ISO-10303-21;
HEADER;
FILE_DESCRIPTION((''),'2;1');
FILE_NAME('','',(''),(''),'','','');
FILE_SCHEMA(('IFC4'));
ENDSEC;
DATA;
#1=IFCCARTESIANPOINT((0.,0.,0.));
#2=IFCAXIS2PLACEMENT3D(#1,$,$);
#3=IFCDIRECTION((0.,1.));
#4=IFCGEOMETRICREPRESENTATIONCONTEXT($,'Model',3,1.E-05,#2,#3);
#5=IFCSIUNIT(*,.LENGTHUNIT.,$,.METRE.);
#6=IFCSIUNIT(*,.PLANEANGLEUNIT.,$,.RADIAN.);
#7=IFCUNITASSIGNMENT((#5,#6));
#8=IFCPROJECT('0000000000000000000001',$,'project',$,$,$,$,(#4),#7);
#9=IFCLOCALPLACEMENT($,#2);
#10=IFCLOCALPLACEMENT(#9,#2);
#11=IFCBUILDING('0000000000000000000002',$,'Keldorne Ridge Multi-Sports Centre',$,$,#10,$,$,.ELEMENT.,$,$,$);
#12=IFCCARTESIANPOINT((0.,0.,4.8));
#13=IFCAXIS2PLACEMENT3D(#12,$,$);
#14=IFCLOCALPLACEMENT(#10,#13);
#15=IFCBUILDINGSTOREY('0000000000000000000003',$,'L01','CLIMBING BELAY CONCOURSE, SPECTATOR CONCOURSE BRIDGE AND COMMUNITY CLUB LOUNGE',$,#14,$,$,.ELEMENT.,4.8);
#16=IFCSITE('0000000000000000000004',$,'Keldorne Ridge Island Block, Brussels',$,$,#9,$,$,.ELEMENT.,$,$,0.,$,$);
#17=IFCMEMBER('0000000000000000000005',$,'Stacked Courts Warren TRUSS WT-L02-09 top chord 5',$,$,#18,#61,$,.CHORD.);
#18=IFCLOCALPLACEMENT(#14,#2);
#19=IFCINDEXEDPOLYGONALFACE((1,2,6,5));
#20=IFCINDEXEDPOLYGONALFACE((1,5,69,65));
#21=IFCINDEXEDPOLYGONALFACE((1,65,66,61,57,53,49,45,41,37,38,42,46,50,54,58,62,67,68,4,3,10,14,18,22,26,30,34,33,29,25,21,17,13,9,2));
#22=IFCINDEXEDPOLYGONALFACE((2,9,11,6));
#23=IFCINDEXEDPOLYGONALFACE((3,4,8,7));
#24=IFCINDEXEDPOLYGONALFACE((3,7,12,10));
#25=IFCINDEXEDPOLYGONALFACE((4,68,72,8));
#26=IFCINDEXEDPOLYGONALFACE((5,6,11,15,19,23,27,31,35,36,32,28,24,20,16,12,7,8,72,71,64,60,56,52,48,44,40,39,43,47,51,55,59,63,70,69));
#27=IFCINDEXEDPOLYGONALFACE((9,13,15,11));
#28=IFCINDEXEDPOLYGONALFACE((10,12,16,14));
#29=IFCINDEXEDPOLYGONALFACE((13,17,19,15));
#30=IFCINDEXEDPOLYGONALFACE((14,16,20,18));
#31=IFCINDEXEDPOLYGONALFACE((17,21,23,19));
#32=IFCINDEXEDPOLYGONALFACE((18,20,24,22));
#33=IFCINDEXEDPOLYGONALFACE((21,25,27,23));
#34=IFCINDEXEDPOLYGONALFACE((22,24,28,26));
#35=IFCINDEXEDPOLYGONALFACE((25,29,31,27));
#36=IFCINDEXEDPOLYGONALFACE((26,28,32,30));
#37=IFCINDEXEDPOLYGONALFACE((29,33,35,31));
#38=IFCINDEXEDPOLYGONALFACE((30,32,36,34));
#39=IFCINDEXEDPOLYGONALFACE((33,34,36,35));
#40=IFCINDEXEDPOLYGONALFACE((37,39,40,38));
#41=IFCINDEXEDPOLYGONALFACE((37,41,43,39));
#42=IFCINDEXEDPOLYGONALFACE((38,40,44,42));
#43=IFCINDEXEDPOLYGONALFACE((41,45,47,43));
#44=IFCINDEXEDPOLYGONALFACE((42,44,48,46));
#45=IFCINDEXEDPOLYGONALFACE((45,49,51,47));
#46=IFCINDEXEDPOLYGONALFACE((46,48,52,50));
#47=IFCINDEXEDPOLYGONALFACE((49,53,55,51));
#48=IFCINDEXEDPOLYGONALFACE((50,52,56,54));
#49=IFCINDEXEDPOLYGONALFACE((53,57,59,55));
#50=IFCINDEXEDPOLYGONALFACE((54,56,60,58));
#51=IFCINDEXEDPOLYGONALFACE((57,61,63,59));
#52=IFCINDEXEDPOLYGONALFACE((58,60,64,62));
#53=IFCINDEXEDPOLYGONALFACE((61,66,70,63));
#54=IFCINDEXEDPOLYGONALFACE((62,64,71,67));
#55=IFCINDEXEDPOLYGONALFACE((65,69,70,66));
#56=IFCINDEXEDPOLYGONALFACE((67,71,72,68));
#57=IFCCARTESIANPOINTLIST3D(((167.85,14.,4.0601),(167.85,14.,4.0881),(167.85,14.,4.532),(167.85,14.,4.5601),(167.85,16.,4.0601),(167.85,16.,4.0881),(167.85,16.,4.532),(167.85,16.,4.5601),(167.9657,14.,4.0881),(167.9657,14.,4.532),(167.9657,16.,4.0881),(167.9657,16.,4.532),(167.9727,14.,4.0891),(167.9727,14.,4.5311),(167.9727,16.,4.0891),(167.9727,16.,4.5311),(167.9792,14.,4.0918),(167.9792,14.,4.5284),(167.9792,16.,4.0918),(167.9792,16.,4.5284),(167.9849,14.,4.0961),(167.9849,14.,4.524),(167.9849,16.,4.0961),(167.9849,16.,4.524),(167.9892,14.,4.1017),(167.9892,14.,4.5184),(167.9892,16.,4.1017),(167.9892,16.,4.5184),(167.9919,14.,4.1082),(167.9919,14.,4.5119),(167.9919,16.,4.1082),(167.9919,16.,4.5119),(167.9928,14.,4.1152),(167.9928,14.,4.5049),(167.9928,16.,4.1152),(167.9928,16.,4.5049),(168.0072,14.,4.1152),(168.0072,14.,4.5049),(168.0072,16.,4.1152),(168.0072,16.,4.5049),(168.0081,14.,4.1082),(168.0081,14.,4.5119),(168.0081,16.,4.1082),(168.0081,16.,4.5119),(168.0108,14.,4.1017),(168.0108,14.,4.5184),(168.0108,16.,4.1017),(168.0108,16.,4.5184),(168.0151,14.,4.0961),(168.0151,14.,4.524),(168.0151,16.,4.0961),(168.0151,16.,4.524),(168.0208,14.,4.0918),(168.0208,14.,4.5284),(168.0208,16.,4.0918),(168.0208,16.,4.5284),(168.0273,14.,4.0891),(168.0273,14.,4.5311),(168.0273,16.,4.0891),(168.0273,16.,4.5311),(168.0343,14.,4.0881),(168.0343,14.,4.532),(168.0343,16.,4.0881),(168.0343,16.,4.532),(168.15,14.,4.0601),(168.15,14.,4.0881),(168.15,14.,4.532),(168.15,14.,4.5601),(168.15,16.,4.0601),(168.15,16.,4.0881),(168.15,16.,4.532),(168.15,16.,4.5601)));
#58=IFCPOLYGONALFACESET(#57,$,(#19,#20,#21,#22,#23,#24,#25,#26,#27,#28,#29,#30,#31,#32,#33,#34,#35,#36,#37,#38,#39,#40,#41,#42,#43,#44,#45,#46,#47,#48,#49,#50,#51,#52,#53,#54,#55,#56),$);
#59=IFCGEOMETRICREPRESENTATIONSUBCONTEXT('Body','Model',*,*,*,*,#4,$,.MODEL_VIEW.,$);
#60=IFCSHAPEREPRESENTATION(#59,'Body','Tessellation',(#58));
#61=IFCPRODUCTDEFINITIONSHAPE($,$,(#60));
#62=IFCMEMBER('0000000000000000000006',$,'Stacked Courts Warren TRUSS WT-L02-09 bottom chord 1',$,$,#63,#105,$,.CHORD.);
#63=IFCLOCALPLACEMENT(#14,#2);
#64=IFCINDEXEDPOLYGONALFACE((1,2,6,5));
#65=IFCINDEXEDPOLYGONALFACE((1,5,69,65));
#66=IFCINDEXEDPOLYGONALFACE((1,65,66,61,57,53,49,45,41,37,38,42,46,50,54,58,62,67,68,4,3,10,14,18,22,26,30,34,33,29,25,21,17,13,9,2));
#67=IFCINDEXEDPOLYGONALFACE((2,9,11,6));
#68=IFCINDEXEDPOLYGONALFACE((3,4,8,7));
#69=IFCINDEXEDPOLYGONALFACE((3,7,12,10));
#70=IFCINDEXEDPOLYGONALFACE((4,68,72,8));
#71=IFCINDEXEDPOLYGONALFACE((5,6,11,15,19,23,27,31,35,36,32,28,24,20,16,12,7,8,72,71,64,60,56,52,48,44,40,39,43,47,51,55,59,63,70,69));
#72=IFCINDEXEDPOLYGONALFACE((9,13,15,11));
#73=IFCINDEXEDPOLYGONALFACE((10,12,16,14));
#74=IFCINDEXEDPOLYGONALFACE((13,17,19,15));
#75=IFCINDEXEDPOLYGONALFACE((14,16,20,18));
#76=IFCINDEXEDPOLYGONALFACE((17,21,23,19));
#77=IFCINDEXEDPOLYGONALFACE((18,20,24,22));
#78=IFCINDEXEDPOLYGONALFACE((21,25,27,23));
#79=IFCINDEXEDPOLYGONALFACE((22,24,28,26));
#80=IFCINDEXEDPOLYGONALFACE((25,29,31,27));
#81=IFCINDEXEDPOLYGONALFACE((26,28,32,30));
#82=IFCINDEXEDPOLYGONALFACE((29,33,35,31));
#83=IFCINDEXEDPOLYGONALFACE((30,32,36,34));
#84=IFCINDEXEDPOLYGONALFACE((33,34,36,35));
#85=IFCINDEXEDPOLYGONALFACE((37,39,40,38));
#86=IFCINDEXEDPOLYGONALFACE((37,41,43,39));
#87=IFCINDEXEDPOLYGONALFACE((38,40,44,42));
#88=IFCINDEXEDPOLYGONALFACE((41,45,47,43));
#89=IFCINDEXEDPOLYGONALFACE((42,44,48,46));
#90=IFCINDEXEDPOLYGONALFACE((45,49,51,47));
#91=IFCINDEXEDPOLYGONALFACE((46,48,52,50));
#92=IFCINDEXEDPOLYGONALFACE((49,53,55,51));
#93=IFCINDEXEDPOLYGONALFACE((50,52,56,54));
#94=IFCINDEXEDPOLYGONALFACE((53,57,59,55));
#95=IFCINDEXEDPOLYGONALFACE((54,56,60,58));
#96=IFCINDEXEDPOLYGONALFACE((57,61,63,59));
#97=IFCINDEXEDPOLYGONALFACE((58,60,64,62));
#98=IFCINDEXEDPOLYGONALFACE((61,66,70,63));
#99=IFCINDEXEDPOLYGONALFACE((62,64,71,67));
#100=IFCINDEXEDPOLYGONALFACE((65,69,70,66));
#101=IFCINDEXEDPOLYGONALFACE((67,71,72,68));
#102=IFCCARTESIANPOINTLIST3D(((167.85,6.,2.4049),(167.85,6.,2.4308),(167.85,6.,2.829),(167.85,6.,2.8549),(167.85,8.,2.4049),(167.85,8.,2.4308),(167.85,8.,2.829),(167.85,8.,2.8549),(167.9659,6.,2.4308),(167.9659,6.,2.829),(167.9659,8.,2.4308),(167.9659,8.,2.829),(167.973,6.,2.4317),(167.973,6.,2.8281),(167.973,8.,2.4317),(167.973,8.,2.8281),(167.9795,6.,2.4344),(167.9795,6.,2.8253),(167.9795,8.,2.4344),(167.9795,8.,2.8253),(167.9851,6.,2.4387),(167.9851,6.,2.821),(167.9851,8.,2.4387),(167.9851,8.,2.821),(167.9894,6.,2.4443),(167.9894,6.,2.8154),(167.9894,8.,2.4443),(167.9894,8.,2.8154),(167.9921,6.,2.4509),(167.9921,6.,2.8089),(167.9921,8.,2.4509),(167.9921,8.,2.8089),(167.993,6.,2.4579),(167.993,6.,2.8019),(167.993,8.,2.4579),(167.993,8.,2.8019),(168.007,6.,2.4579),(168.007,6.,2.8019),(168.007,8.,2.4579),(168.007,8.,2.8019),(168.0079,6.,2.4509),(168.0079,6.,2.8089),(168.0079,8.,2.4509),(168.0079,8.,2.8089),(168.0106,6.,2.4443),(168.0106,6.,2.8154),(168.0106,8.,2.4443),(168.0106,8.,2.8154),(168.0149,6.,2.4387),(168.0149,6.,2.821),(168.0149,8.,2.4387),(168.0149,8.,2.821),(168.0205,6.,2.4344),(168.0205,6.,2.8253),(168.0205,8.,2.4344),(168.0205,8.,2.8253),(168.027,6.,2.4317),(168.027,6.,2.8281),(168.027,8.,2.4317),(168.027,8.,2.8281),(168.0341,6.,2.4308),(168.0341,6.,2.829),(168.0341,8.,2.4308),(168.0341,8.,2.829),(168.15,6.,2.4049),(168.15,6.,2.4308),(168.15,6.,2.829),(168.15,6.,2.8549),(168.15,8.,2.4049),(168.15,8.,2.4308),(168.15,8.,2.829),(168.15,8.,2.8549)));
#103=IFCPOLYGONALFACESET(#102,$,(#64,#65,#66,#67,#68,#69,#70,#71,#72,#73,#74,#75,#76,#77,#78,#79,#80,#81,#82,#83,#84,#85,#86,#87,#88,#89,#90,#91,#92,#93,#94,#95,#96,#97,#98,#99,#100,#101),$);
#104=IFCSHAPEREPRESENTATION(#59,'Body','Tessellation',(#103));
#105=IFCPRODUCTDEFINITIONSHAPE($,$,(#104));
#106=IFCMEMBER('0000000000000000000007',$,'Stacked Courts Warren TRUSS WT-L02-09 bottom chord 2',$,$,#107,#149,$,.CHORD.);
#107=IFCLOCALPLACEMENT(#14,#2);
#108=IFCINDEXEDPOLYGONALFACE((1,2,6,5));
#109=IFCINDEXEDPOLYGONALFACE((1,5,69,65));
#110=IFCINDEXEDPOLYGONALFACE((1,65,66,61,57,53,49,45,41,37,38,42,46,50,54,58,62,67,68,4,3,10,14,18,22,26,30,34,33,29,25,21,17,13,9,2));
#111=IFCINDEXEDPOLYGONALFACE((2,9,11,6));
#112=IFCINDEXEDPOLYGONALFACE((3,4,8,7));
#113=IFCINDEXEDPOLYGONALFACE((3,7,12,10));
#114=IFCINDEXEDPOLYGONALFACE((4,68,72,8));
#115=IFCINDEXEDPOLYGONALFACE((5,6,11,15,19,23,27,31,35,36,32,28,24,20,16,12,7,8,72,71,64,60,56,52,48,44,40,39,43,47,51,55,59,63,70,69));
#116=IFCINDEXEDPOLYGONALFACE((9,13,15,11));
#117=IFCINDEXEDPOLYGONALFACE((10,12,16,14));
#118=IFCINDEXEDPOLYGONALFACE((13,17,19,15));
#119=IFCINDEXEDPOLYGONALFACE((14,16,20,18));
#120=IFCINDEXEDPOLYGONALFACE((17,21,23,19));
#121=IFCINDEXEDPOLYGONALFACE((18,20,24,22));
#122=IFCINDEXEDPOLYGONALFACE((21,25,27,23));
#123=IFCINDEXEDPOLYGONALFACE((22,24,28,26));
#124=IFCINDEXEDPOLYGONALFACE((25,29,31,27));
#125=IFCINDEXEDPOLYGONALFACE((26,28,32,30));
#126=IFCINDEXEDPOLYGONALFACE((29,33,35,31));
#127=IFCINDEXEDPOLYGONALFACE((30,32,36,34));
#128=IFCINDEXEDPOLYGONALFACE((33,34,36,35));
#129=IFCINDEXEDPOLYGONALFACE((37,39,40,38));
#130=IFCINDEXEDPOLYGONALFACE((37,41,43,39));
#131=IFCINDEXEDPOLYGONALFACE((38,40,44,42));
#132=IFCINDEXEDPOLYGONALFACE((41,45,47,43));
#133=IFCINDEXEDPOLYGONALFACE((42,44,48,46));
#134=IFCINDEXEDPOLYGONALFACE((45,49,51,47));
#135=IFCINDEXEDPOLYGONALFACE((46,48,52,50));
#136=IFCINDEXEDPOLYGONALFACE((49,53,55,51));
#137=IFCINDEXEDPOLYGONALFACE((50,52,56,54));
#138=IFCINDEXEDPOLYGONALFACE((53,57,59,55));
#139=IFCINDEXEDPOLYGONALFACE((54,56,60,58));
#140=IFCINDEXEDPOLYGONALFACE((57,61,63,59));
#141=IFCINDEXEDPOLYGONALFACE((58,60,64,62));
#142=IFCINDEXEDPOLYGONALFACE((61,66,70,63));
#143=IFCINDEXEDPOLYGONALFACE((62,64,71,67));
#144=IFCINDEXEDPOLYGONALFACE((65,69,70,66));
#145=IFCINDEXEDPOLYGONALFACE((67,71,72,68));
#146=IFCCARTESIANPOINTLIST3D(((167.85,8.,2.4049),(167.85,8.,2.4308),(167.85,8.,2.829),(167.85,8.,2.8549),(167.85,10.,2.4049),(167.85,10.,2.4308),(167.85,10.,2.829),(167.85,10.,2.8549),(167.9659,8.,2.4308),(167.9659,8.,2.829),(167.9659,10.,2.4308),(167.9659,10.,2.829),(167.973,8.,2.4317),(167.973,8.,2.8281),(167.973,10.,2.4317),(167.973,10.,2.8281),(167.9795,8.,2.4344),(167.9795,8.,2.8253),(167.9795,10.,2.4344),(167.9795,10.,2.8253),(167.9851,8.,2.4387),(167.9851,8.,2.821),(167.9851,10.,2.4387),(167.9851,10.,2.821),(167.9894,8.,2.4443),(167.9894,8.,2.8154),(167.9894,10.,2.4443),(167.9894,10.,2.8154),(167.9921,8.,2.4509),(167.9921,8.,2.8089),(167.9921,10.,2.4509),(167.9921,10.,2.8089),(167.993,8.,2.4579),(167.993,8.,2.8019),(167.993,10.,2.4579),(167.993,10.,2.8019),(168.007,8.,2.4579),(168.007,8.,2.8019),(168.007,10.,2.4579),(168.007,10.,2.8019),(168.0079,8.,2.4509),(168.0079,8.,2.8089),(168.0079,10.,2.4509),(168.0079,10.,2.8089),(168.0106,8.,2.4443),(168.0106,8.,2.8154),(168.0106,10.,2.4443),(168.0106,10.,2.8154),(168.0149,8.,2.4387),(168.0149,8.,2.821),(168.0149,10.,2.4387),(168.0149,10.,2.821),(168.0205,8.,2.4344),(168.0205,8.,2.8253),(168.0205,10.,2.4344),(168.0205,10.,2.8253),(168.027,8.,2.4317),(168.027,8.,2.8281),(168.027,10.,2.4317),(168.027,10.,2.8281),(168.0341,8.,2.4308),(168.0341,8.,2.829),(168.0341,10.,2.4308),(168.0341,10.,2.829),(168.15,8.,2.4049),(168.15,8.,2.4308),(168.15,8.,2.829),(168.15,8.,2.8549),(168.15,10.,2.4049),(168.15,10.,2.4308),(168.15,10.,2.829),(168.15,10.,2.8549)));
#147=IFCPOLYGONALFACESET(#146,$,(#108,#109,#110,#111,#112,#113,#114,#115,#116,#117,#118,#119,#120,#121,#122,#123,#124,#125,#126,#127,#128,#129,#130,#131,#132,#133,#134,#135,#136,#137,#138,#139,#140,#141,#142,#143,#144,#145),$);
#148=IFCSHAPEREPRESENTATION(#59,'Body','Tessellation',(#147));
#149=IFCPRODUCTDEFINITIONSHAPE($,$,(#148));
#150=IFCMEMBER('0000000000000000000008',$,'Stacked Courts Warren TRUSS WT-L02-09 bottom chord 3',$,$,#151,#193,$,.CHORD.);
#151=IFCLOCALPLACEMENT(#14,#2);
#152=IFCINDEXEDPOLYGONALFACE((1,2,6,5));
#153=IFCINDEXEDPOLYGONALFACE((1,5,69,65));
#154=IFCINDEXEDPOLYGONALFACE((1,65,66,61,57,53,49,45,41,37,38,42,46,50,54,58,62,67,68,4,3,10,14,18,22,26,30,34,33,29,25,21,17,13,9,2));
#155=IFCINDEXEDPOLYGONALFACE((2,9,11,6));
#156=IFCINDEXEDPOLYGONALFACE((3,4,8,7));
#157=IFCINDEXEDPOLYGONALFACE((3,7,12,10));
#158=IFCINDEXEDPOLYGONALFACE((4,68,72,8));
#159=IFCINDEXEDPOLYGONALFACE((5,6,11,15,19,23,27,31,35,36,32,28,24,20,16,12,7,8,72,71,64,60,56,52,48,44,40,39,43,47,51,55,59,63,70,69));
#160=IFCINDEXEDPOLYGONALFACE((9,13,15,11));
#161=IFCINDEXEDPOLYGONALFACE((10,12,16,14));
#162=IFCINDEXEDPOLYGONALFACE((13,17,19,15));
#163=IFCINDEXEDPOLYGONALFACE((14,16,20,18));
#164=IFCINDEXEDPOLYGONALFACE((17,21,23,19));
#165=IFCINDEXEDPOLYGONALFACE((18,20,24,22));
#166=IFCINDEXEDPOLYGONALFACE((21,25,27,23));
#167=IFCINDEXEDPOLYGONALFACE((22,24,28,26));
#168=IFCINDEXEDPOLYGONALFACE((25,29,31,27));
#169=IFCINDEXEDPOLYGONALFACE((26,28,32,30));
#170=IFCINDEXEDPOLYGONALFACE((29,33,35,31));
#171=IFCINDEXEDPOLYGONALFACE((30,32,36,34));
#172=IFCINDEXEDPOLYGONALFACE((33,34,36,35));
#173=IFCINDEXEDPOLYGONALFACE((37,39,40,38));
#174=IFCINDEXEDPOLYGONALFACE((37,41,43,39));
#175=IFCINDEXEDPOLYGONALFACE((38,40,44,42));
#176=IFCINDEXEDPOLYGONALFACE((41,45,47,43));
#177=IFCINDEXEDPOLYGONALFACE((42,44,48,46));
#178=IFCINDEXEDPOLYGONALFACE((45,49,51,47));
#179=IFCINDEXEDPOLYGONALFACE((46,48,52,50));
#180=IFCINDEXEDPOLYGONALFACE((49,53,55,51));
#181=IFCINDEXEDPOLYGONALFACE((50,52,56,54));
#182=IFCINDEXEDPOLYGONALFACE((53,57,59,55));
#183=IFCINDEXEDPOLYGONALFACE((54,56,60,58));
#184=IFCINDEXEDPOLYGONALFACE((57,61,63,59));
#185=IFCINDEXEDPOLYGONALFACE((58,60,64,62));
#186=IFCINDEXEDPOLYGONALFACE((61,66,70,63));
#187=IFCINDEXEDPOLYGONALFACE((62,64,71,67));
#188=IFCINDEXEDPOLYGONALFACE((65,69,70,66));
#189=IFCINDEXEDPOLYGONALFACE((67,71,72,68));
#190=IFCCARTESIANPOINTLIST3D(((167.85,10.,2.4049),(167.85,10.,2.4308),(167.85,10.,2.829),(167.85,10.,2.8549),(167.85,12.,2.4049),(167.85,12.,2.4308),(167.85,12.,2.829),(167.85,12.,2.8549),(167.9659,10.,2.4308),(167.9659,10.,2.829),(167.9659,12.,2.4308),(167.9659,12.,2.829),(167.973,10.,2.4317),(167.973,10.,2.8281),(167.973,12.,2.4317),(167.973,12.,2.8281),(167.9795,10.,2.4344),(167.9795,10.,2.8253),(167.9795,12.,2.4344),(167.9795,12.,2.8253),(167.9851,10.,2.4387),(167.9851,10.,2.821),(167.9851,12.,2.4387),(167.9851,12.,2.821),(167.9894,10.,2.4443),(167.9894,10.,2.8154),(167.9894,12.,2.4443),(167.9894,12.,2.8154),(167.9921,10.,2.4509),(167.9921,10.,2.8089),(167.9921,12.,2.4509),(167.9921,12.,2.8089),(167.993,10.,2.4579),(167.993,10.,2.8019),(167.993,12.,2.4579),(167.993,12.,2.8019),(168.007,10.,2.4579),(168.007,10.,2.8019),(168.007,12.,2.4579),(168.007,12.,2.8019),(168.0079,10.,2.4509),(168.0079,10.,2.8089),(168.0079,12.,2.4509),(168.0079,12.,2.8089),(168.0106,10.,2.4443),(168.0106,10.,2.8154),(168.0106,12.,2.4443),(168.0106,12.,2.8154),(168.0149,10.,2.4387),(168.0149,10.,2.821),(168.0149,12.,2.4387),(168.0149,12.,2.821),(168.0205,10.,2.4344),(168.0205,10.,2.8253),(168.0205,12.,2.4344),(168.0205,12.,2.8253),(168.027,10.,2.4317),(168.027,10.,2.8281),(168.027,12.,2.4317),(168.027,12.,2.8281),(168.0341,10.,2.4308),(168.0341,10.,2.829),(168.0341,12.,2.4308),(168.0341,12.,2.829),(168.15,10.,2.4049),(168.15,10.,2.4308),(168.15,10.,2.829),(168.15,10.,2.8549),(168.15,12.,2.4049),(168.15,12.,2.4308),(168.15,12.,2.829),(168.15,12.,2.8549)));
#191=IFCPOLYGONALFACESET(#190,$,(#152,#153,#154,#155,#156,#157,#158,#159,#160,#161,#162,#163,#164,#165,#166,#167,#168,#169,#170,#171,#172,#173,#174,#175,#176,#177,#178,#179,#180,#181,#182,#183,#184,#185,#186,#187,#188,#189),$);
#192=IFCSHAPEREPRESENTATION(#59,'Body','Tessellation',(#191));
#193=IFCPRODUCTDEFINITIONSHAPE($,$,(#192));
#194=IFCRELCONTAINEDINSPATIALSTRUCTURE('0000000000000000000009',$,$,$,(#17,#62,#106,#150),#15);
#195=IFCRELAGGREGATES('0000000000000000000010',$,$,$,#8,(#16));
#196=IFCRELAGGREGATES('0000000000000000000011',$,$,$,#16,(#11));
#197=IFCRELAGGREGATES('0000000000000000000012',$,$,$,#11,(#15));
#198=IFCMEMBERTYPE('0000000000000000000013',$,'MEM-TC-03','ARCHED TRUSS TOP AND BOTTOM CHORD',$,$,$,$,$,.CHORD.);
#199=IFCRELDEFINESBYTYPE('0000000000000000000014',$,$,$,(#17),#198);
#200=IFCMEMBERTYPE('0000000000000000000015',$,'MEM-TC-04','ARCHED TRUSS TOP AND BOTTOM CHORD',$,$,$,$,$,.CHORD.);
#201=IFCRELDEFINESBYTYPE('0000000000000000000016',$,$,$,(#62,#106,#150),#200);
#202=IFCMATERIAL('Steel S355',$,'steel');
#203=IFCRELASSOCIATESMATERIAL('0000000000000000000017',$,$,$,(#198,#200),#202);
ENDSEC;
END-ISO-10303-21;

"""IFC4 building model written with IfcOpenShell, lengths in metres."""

from ifc_helpers import new_model, si_unit, direction, frame, origin, origin_2d, place, context, subcontext, project, spatial, i_section, extrude, material, material_profile, profile_set, type_object, element, save


model = new_model("IFC4")

# Units and contexts
model_context = context("Model", 3, precision=1e-05, world=origin(), true_north=direction((0.0, 1.0)))
body_context = subcontext(model_context, "Body", "Model", "MODEL_VIEW")
ifc_project = project(units=[si_unit("LENGTHUNIT", "METRE"), si_unit("PLANEANGLEUNIT", "RADIAN")], contexts=[model_context])

# Site, building, storey
site_placement = place(None, origin())
site = spatial("IfcSite", under=ifc_project, at=site_placement, Name="Keldorne Ridge Island Block, Brussels", CompositionType="ELEMENT", RefElevation=0.0)
building_placement = place(site_placement, origin())
building = spatial("IfcBuilding", under=site, at=building_placement, Name="Keldorne Ridge Multi-Sports Centre", CompositionType="ELEMENT")
storey_placement = place(building_placement, frame((0.0, 0.0, 4.8)))
storey = spatial("IfcBuildingStorey", under=building, at=storey_placement, Name="L01", Description="CLIMBING BELAY CONCOURSE, SPECTATOR CONCOURSE BRIDGE AND COMMUNITY CLUB LOUNGE", CompositionType="ELEMENT", Elevation=4.8)

# Shared definitions
ifc_material_1 = material(Name="Steel S355", Category="steel")

# Members
ifc_material_profile_1 = material_profile(ifc_material_1, i_section(OverallWidth=0.3, OverallDepth=0.5, WebThickness=0.0144, FlangeThickness=0.0281, FilletRadius=0.0271, at=origin_2d()), Name="HEB 500")
ifc_profile_set_1 = profile_set([ifc_material_profile_1], Name="Steel S355")
member_type_1 = type_object("IfcMemberType", Name="MEM-TC-03", Description="ARCHED TRUSS TOP AND BOTTOM CHORD", PredefinedType="CHORD", material=ifc_profile_set_1)
for number, where, z_axis, x_axis, name in (
    (1, (168.0, 14.0, 4.3101), (0.0, 1.0, 0.0), (-1.0, 0.0, 0.0), "Stacked Courts Warren TRUSS WT-L02-09 top chord 5"),
):
    element("IfcMember", number, at=place(storey_placement, frame(where, z_axis=z_axis, x_axis=x_axis)), inside=storey, type_object=member_type_1, Name=name, PredefinedType="CHORD", context=body_context, shape_type="SweptSolid", body=[
        extrude(i_section(OverallWidth=0.3, OverallDepth=0.5, WebThickness=0.0144, FlangeThickness=0.0281, FilletRadius=0.0271, at=origin_2d()), origin(), (0.0, 0.0, 1.0), 2.0),
    ])
ifc_material_profile_2 = material_profile(ifc_material_1, i_section(OverallWidth=0.3, OverallDepth=0.45, WebThickness=0.0139, FlangeThickness=0.0259, FilletRadius=0.0271, at=origin_2d()), Name="HEB 450")
ifc_profile_set_2 = profile_set([ifc_material_profile_2], Name="Steel S355")
member_type_2 = type_object("IfcMemberType", Name="MEM-TC-04", Description="ARCHED TRUSS TOP AND BOTTOM CHORD", PredefinedType="CHORD", material=ifc_profile_set_2)
for number, where, z_axis, x_axis, name in (
    (2, (168.0, 6.0, 2.6299), (0.0, 1.0, 0.0), (-1.0, 0.0, 0.0), "Stacked Courts Warren TRUSS WT-L02-09 bottom chord 1"),
    (3, (168.0, 8.0, 2.6299), (0.0, 1.0, 0.0), (-1.0, 0.0, 0.0), "Stacked Courts Warren TRUSS WT-L02-09 bottom chord 2"),
    (4, (168.0, 10.0, 2.6299), (0.0, 1.0, 0.0), (-1.0, 0.0, 0.0), "Stacked Courts Warren TRUSS WT-L02-09 bottom chord 3"),
):
    element("IfcMember", number, at=place(storey_placement, frame(where, z_axis=z_axis, x_axis=x_axis)), inside=storey, type_object=member_type_2, Name=name, PredefinedType="CHORD", context=body_context, shape_type="SweptSolid", body=[
        extrude(i_section(OverallWidth=0.3, OverallDepth=0.45, WebThickness=0.0139, FlangeThickness=0.0259, FilletRadius=0.0271, at=origin_2d()), origin(), (0.0, 0.0, 1.0), 2.0),
    ])

save(model, "model.ifc")
